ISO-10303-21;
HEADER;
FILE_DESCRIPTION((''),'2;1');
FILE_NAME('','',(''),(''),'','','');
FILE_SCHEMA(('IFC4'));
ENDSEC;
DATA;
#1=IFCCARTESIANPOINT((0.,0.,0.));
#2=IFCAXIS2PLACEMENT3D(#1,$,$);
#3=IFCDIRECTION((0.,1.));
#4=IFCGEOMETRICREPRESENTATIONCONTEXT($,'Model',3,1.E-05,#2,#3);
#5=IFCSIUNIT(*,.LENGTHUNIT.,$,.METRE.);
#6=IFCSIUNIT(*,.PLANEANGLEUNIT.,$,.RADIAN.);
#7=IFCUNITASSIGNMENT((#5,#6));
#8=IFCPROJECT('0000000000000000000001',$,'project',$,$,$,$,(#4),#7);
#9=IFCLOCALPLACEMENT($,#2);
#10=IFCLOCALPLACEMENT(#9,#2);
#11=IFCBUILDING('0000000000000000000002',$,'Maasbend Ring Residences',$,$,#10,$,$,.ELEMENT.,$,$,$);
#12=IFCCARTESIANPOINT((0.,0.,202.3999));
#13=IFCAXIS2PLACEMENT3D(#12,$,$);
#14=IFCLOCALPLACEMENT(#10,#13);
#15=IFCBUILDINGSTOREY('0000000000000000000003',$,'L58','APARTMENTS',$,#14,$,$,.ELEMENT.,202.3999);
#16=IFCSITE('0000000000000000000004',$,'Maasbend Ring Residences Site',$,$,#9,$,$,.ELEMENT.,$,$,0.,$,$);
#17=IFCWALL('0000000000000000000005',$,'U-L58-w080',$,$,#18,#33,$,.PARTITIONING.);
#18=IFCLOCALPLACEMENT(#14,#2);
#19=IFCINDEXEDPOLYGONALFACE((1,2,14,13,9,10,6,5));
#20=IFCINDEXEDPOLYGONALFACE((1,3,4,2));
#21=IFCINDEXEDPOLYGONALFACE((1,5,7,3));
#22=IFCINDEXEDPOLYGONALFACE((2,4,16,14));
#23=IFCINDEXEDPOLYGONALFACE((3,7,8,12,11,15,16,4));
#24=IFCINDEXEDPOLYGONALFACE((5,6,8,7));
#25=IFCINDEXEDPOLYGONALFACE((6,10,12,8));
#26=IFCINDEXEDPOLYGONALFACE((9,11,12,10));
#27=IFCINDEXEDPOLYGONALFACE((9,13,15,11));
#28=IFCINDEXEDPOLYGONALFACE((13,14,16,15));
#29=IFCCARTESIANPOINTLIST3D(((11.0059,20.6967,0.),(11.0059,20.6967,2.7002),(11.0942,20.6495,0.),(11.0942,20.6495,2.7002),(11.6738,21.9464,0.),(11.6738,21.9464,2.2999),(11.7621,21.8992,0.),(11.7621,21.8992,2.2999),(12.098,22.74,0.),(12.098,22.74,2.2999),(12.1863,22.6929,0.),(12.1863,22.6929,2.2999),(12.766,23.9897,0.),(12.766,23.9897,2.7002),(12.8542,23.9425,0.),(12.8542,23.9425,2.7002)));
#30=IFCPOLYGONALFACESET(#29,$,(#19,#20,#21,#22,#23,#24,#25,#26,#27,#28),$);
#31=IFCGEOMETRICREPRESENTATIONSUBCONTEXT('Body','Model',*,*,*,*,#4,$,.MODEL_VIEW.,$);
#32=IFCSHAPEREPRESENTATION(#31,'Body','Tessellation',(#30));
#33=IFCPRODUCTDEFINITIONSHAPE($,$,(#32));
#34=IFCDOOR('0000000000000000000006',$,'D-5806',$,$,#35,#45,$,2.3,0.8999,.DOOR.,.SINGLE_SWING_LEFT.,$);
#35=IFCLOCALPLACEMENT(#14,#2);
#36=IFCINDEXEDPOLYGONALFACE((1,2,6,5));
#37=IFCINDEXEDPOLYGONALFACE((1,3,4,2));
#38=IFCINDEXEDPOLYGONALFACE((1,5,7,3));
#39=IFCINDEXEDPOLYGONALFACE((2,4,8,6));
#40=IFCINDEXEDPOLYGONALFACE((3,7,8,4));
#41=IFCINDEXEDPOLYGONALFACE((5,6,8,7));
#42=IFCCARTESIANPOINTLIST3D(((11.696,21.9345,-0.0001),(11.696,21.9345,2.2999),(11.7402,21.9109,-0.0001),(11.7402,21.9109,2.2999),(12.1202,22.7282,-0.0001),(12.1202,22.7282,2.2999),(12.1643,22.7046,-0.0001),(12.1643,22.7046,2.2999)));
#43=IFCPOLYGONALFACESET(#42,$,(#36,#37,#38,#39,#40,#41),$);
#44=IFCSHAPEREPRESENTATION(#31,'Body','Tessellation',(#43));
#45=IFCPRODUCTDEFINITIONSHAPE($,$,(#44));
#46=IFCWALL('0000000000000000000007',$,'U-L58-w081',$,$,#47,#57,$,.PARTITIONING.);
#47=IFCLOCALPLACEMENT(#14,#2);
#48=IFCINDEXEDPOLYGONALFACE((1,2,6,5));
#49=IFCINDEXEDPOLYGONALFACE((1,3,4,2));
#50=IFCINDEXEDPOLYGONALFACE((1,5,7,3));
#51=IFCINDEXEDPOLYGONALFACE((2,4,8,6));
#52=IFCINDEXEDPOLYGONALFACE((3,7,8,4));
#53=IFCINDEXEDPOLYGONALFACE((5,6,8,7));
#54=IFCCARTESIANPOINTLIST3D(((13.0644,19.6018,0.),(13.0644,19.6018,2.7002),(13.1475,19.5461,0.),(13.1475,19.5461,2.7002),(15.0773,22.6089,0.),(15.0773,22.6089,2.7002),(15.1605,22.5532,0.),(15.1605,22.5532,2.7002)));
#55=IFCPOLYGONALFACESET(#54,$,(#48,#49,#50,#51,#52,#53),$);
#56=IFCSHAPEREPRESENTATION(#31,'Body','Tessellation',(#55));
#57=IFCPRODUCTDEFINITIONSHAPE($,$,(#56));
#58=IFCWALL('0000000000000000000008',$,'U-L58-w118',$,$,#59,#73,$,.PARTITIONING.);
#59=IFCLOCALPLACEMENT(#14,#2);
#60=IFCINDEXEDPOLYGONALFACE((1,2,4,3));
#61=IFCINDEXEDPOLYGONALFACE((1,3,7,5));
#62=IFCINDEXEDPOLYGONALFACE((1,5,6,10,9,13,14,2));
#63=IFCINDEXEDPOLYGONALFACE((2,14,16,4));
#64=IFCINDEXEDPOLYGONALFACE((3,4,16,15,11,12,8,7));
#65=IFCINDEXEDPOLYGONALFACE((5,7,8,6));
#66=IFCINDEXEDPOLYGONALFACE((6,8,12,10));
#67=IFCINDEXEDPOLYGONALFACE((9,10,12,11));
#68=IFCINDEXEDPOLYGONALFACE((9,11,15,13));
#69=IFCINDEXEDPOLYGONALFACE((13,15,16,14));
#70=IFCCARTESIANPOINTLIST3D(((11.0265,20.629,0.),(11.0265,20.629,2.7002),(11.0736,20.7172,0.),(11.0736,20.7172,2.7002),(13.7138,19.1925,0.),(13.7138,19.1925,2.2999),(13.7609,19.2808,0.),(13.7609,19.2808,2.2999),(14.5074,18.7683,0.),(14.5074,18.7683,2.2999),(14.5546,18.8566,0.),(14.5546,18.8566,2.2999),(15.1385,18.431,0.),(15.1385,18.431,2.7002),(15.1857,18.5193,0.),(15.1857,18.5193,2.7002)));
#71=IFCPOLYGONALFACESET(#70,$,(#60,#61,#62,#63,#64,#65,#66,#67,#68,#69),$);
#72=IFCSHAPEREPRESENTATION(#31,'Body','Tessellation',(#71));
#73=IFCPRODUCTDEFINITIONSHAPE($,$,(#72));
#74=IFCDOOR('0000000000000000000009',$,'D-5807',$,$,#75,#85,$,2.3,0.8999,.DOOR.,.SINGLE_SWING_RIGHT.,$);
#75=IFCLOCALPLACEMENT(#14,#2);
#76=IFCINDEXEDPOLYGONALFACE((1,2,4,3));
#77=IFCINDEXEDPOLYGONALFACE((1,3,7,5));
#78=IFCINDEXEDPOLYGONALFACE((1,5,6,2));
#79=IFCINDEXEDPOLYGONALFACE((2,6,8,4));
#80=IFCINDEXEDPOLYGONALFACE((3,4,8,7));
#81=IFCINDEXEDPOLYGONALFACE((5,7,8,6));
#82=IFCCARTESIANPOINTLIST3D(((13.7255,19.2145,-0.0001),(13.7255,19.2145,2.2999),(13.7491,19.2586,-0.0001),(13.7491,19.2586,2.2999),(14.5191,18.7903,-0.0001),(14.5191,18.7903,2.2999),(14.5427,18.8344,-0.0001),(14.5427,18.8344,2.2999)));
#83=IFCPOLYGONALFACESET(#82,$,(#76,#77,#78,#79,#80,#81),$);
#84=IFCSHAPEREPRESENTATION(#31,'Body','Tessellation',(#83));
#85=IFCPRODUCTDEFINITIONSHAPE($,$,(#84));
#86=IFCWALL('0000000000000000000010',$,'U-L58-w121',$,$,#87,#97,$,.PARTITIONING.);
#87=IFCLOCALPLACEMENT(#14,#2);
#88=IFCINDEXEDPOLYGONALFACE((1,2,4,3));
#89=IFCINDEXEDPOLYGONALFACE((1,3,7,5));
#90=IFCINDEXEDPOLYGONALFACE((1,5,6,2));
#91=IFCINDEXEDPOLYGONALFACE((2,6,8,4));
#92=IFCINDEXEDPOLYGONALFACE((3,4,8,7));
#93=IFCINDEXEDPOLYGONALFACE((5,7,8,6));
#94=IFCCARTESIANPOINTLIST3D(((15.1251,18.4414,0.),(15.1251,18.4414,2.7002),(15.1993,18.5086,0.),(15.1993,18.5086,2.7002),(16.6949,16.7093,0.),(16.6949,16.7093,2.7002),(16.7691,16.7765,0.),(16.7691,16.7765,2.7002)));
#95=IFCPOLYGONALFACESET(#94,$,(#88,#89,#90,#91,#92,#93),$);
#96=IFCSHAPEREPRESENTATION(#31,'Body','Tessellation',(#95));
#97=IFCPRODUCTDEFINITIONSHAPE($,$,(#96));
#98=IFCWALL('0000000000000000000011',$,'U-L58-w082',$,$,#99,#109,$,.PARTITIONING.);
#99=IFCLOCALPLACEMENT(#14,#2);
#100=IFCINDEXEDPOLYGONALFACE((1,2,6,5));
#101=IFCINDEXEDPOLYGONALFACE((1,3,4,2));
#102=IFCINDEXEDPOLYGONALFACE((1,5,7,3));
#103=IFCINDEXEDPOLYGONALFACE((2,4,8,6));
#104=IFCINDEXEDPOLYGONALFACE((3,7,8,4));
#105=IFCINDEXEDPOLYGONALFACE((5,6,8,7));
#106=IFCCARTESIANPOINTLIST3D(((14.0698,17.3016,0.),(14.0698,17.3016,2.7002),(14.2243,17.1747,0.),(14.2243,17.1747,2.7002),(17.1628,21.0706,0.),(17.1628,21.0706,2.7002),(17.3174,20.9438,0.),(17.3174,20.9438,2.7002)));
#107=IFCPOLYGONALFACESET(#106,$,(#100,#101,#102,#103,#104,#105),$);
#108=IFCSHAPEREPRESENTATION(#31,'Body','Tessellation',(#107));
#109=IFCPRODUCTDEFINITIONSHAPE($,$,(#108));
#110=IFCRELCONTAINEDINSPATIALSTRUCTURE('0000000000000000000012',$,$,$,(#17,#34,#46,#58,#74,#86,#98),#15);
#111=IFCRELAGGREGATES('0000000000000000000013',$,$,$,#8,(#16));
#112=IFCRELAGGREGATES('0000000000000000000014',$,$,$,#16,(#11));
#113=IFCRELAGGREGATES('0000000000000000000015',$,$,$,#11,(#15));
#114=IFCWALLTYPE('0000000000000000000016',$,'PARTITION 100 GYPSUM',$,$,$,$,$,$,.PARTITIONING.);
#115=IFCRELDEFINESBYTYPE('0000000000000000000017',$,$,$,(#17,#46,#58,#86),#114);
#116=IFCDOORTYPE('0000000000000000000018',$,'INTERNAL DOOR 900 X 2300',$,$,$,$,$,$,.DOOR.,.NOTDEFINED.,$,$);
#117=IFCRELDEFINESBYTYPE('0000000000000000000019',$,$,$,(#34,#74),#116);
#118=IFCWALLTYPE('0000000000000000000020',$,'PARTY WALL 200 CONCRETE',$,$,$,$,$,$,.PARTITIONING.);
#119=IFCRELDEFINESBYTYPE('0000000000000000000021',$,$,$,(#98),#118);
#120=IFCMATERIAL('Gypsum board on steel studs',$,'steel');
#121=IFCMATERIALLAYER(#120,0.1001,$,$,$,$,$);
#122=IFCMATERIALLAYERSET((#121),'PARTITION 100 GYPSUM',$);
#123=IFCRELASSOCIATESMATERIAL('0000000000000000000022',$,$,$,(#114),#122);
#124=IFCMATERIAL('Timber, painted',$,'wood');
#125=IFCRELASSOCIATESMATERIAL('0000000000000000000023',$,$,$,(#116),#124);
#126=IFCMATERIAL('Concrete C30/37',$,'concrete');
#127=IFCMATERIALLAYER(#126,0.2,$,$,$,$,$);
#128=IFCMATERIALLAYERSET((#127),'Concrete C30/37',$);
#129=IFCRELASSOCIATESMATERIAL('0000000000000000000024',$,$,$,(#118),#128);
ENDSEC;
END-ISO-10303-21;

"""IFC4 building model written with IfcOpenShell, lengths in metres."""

from ifc_helpers import new_model, si_unit, direction, frame, frame_2d, origin, place, context, subcontext, project, spatial, rectangle, extrude, material, layer, layer_set, type_object, element, fill, save


model = new_model("IFC4")

# Units and contexts
model_context = context("Model", 3, precision=1e-05, world=origin(), true_north=direction((0.0, 1.0)))
body_context = subcontext(model_context, "Body", "Model", "MODEL_VIEW")
ifc_project = project(units=[si_unit("LENGTHUNIT", "METRE"), si_unit("PLANEANGLEUNIT", "RADIAN")], contexts=[model_context])

# Site, building, storey
site_placement = place(None, origin())
site = spatial("IfcSite", under=ifc_project, at=site_placement, Name="Maasbend Ring Residences Site", CompositionType="ELEMENT", RefElevation=0.0)
building_placement = place(site_placement, origin())
building = spatial("IfcBuilding", under=site, at=building_placement, Name="Maasbend Ring Residences", CompositionType="ELEMENT")
storey_placement = place(building_placement, frame((0.0, 0.0, 202.3999)))
storey = spatial("IfcBuildingStorey", under=building, at=storey_placement, Name="L58", Description="APARTMENTS", CompositionType="ELEMENT", Elevation=202.3999)

# Wall, opening, door
ifc_material_1 = material(Name="Gypsum board on steel studs", Category="steel")
ifc_layer_1 = layer(ifc_material_1, 0.1001)
ifc_layer_set_1 = layer_set([ifc_layer_1], Name="PARTITION 100 GYPSUM")
wall_type_1 = type_object("IfcWallType", Name="PARTITION 100 GYPSUM", PredefinedType="PARTITIONING", material=ifc_layer_set_1)
wall_1_placement = place(storey_placement, frame((11.05, 20.6731, 0.0), z_axis=(0.0, 0.0, 1.0), x_axis=(0.471372, 0.881934, 0.0)))
wall_1 = element("IfcWall", 1, at=wall_1_placement, inside=storey, type_object=wall_type_1, Name="U-L58-w080", PredefinedType="PARTITIONING", context=body_context, shape_type="SweptSolid", body=[
    extrude(rectangle(XDim=3.7339, YDim=0.1001, at=frame_2d((1.8669, 0.0))), origin(), (0.0, 0.0, 1.0), 2.7002),
])
opening_1_placement = place(wall_1_placement, frame((1.417, 0.0, 0.0)))
opening_1 = element("IfcOpeningElement", 2, at=opening_1_placement, cuts=wall_1, PredefinedType="OPENING", context=body_context, shape_type="SweptSolid", body=[
    extrude(rectangle(XDim=0.8999, YDim=2.3, at=frame_2d((0.45, 1.1499))), frame((0.0, 0.0601, 0.0), z_axis=(0.0, -1.0, 0.0), x_axis=(1.0, 0.0, 0.0)), (0.0, 0.0, 1.0), 0.1201),
])
ifc_material_2 = material(Name="Timber, painted", Category="wood")
door_type_1 = type_object("IfcDoorType", Name="INTERNAL DOOR 900 X 2300", OperationType="NOTDEFINED", PredefinedType="DOOR", material=ifc_material_2)
door_1_placement = place(opening_1_placement, origin())
door_1 = element("IfcDoor", 3, at=door_1_placement, inside=storey, type_object=door_type_1, Name="D-5806", OperationType="SINGLE_SWING_LEFT", OverallHeight=2.3, OverallWidth=0.8999, PredefinedType="DOOR", context=body_context, shape_type="SweptSolid", body=[
    extrude(rectangle(XDim=0.8999, YDim=2.3, at=frame_2d((0.45, 1.1499))), frame((0.0, 0.0249, 0.0), z_axis=(0.0, -1.0, 0.0), x_axis=(1.0, 0.0, 0.0)), (0.0, 0.0, 1.0), 0.05),
])
fill(opening_1, door_1)

# Wall
wall_2_placement = place(storey_placement, frame((13.106, 19.574, 0.0), z_axis=(0.0, 0.0, 1.0), x_axis=(0.556272, 0.831, 0.0)))
element("IfcWall", 4, at=wall_2_placement, inside=storey, type_object=wall_type_1, Name="U-L58-w081", PredefinedType="PARTITIONING", context=body_context, shape_type="SweptSolid", body=[
    extrude(rectangle(XDim=3.6187, YDim=0.1001, at=frame_2d((1.8093, 0.0))), origin(), (0.0, 0.0, 1.0), 2.7002),
])

# Wall, opening, door
wall_3_placement = place(storey_placement, frame((11.05, 20.6731, 0.0), z_axis=(0.0, 0.0, 1.0), x_axis=(0.881916, -0.471406, 0.0)))
wall_3 = element("IfcWall", 5, at=wall_3_placement, inside=storey, type_object=wall_type_1, Name="U-L58-w118", PredefinedType="PARTITIONING", context=body_context, shape_type="SweptSolid", body=[
    extrude(rectangle(XDim=4.6626, YDim=0.1001, at=frame_2d((2.3313, 0.0))), origin(), (0.0, 0.0, 1.0), 2.7002),
])
opening_2_placement = place(wall_3_placement, frame((3.0471, 0.0, 0.0)))
opening_2 = element("IfcOpeningElement", 6, at=opening_2_placement, cuts=wall_3, PredefinedType="OPENING", context=body_context, shape_type="SweptSolid", body=[
    extrude(rectangle(XDim=0.8999, YDim=2.3, at=frame_2d((0.45, 1.1499))), frame((0.0, 0.0601, 0.0), z_axis=(0.0, -1.0, 0.0), x_axis=(1.0, 0.0, 0.0)), (0.0, 0.0, 1.0), 0.1201),
])
door_2_placement = place(opening_2_placement, origin())
door_2 = element("IfcDoor", 7, at=door_2_placement, inside=storey, type_object=door_type_1, Name="D-5807", OperationType="SINGLE_SWING_RIGHT", OverallHeight=2.3, OverallWidth=0.8999, PredefinedType="DOOR", context=body_context, shape_type="SweptSolid", body=[
    extrude(rectangle(XDim=0.8999, YDim=2.3, at=frame_2d((0.45, 1.1499))), frame((0.0, 0.0249, 0.0), z_axis=(0.0, -1.0, 0.0), x_axis=(1.0, 0.0, 0.0)), (0.0, 0.0, 1.0), 0.05),
])
fill(opening_2, door_2)

# Walls
wall_4_placement = place(storey_placement, frame((15.1621, 18.4751, 0.0), z_axis=(0.0, 0.0, 1.0), x_axis=(0.671528, -0.740979, 0.0)))
element("IfcWall", 8, at=wall_4_placement, inside=storey, type_object=wall_type_1, Name="U-L58-w121", PredefinedType="PARTITIONING", context=body_context, shape_type="SweptSolid", body=[
    extrude(rectangle(XDim=2.3376, YDim=0.1001, at=frame_2d((1.1689, 0.0))), origin(), (0.0, 0.0, 1.0), 2.7002),
])
ifc_material_3 = material(Name="Concrete C30/37", Category="concrete")
ifc_layer_2 = layer(ifc_material_3, 0.2)
ifc_layer_set_2 = layer_set([ifc_layer_2], Name="Concrete C30/37")
wall_type_2 = type_object("IfcWallType", Name="PARTY WALL 200 CONCRETE", PredefinedType="PARTITIONING", material=ifc_layer_set_2)
wall_5_placement = place(storey_placement, frame((14.147, 17.238, 0.0), z_axis=(0.0, 0.0, 1.0), x_axis=(0.634374, 0.773026, 0.0)))
element("IfcWall", 9, at=wall_5_placement, inside=storey, type_object=wall_type_2, Name="U-L58-w082", PredefinedType="PARTITIONING", context=body_context, shape_type="SweptSolid", body=[
    extrude(rectangle(XDim=4.8757, YDim=0.2, at=frame_2d((2.438, 0.0))), origin(), (0.0, 0.0, 1.0), 2.7002),
])

save(model, "model.ifc")
